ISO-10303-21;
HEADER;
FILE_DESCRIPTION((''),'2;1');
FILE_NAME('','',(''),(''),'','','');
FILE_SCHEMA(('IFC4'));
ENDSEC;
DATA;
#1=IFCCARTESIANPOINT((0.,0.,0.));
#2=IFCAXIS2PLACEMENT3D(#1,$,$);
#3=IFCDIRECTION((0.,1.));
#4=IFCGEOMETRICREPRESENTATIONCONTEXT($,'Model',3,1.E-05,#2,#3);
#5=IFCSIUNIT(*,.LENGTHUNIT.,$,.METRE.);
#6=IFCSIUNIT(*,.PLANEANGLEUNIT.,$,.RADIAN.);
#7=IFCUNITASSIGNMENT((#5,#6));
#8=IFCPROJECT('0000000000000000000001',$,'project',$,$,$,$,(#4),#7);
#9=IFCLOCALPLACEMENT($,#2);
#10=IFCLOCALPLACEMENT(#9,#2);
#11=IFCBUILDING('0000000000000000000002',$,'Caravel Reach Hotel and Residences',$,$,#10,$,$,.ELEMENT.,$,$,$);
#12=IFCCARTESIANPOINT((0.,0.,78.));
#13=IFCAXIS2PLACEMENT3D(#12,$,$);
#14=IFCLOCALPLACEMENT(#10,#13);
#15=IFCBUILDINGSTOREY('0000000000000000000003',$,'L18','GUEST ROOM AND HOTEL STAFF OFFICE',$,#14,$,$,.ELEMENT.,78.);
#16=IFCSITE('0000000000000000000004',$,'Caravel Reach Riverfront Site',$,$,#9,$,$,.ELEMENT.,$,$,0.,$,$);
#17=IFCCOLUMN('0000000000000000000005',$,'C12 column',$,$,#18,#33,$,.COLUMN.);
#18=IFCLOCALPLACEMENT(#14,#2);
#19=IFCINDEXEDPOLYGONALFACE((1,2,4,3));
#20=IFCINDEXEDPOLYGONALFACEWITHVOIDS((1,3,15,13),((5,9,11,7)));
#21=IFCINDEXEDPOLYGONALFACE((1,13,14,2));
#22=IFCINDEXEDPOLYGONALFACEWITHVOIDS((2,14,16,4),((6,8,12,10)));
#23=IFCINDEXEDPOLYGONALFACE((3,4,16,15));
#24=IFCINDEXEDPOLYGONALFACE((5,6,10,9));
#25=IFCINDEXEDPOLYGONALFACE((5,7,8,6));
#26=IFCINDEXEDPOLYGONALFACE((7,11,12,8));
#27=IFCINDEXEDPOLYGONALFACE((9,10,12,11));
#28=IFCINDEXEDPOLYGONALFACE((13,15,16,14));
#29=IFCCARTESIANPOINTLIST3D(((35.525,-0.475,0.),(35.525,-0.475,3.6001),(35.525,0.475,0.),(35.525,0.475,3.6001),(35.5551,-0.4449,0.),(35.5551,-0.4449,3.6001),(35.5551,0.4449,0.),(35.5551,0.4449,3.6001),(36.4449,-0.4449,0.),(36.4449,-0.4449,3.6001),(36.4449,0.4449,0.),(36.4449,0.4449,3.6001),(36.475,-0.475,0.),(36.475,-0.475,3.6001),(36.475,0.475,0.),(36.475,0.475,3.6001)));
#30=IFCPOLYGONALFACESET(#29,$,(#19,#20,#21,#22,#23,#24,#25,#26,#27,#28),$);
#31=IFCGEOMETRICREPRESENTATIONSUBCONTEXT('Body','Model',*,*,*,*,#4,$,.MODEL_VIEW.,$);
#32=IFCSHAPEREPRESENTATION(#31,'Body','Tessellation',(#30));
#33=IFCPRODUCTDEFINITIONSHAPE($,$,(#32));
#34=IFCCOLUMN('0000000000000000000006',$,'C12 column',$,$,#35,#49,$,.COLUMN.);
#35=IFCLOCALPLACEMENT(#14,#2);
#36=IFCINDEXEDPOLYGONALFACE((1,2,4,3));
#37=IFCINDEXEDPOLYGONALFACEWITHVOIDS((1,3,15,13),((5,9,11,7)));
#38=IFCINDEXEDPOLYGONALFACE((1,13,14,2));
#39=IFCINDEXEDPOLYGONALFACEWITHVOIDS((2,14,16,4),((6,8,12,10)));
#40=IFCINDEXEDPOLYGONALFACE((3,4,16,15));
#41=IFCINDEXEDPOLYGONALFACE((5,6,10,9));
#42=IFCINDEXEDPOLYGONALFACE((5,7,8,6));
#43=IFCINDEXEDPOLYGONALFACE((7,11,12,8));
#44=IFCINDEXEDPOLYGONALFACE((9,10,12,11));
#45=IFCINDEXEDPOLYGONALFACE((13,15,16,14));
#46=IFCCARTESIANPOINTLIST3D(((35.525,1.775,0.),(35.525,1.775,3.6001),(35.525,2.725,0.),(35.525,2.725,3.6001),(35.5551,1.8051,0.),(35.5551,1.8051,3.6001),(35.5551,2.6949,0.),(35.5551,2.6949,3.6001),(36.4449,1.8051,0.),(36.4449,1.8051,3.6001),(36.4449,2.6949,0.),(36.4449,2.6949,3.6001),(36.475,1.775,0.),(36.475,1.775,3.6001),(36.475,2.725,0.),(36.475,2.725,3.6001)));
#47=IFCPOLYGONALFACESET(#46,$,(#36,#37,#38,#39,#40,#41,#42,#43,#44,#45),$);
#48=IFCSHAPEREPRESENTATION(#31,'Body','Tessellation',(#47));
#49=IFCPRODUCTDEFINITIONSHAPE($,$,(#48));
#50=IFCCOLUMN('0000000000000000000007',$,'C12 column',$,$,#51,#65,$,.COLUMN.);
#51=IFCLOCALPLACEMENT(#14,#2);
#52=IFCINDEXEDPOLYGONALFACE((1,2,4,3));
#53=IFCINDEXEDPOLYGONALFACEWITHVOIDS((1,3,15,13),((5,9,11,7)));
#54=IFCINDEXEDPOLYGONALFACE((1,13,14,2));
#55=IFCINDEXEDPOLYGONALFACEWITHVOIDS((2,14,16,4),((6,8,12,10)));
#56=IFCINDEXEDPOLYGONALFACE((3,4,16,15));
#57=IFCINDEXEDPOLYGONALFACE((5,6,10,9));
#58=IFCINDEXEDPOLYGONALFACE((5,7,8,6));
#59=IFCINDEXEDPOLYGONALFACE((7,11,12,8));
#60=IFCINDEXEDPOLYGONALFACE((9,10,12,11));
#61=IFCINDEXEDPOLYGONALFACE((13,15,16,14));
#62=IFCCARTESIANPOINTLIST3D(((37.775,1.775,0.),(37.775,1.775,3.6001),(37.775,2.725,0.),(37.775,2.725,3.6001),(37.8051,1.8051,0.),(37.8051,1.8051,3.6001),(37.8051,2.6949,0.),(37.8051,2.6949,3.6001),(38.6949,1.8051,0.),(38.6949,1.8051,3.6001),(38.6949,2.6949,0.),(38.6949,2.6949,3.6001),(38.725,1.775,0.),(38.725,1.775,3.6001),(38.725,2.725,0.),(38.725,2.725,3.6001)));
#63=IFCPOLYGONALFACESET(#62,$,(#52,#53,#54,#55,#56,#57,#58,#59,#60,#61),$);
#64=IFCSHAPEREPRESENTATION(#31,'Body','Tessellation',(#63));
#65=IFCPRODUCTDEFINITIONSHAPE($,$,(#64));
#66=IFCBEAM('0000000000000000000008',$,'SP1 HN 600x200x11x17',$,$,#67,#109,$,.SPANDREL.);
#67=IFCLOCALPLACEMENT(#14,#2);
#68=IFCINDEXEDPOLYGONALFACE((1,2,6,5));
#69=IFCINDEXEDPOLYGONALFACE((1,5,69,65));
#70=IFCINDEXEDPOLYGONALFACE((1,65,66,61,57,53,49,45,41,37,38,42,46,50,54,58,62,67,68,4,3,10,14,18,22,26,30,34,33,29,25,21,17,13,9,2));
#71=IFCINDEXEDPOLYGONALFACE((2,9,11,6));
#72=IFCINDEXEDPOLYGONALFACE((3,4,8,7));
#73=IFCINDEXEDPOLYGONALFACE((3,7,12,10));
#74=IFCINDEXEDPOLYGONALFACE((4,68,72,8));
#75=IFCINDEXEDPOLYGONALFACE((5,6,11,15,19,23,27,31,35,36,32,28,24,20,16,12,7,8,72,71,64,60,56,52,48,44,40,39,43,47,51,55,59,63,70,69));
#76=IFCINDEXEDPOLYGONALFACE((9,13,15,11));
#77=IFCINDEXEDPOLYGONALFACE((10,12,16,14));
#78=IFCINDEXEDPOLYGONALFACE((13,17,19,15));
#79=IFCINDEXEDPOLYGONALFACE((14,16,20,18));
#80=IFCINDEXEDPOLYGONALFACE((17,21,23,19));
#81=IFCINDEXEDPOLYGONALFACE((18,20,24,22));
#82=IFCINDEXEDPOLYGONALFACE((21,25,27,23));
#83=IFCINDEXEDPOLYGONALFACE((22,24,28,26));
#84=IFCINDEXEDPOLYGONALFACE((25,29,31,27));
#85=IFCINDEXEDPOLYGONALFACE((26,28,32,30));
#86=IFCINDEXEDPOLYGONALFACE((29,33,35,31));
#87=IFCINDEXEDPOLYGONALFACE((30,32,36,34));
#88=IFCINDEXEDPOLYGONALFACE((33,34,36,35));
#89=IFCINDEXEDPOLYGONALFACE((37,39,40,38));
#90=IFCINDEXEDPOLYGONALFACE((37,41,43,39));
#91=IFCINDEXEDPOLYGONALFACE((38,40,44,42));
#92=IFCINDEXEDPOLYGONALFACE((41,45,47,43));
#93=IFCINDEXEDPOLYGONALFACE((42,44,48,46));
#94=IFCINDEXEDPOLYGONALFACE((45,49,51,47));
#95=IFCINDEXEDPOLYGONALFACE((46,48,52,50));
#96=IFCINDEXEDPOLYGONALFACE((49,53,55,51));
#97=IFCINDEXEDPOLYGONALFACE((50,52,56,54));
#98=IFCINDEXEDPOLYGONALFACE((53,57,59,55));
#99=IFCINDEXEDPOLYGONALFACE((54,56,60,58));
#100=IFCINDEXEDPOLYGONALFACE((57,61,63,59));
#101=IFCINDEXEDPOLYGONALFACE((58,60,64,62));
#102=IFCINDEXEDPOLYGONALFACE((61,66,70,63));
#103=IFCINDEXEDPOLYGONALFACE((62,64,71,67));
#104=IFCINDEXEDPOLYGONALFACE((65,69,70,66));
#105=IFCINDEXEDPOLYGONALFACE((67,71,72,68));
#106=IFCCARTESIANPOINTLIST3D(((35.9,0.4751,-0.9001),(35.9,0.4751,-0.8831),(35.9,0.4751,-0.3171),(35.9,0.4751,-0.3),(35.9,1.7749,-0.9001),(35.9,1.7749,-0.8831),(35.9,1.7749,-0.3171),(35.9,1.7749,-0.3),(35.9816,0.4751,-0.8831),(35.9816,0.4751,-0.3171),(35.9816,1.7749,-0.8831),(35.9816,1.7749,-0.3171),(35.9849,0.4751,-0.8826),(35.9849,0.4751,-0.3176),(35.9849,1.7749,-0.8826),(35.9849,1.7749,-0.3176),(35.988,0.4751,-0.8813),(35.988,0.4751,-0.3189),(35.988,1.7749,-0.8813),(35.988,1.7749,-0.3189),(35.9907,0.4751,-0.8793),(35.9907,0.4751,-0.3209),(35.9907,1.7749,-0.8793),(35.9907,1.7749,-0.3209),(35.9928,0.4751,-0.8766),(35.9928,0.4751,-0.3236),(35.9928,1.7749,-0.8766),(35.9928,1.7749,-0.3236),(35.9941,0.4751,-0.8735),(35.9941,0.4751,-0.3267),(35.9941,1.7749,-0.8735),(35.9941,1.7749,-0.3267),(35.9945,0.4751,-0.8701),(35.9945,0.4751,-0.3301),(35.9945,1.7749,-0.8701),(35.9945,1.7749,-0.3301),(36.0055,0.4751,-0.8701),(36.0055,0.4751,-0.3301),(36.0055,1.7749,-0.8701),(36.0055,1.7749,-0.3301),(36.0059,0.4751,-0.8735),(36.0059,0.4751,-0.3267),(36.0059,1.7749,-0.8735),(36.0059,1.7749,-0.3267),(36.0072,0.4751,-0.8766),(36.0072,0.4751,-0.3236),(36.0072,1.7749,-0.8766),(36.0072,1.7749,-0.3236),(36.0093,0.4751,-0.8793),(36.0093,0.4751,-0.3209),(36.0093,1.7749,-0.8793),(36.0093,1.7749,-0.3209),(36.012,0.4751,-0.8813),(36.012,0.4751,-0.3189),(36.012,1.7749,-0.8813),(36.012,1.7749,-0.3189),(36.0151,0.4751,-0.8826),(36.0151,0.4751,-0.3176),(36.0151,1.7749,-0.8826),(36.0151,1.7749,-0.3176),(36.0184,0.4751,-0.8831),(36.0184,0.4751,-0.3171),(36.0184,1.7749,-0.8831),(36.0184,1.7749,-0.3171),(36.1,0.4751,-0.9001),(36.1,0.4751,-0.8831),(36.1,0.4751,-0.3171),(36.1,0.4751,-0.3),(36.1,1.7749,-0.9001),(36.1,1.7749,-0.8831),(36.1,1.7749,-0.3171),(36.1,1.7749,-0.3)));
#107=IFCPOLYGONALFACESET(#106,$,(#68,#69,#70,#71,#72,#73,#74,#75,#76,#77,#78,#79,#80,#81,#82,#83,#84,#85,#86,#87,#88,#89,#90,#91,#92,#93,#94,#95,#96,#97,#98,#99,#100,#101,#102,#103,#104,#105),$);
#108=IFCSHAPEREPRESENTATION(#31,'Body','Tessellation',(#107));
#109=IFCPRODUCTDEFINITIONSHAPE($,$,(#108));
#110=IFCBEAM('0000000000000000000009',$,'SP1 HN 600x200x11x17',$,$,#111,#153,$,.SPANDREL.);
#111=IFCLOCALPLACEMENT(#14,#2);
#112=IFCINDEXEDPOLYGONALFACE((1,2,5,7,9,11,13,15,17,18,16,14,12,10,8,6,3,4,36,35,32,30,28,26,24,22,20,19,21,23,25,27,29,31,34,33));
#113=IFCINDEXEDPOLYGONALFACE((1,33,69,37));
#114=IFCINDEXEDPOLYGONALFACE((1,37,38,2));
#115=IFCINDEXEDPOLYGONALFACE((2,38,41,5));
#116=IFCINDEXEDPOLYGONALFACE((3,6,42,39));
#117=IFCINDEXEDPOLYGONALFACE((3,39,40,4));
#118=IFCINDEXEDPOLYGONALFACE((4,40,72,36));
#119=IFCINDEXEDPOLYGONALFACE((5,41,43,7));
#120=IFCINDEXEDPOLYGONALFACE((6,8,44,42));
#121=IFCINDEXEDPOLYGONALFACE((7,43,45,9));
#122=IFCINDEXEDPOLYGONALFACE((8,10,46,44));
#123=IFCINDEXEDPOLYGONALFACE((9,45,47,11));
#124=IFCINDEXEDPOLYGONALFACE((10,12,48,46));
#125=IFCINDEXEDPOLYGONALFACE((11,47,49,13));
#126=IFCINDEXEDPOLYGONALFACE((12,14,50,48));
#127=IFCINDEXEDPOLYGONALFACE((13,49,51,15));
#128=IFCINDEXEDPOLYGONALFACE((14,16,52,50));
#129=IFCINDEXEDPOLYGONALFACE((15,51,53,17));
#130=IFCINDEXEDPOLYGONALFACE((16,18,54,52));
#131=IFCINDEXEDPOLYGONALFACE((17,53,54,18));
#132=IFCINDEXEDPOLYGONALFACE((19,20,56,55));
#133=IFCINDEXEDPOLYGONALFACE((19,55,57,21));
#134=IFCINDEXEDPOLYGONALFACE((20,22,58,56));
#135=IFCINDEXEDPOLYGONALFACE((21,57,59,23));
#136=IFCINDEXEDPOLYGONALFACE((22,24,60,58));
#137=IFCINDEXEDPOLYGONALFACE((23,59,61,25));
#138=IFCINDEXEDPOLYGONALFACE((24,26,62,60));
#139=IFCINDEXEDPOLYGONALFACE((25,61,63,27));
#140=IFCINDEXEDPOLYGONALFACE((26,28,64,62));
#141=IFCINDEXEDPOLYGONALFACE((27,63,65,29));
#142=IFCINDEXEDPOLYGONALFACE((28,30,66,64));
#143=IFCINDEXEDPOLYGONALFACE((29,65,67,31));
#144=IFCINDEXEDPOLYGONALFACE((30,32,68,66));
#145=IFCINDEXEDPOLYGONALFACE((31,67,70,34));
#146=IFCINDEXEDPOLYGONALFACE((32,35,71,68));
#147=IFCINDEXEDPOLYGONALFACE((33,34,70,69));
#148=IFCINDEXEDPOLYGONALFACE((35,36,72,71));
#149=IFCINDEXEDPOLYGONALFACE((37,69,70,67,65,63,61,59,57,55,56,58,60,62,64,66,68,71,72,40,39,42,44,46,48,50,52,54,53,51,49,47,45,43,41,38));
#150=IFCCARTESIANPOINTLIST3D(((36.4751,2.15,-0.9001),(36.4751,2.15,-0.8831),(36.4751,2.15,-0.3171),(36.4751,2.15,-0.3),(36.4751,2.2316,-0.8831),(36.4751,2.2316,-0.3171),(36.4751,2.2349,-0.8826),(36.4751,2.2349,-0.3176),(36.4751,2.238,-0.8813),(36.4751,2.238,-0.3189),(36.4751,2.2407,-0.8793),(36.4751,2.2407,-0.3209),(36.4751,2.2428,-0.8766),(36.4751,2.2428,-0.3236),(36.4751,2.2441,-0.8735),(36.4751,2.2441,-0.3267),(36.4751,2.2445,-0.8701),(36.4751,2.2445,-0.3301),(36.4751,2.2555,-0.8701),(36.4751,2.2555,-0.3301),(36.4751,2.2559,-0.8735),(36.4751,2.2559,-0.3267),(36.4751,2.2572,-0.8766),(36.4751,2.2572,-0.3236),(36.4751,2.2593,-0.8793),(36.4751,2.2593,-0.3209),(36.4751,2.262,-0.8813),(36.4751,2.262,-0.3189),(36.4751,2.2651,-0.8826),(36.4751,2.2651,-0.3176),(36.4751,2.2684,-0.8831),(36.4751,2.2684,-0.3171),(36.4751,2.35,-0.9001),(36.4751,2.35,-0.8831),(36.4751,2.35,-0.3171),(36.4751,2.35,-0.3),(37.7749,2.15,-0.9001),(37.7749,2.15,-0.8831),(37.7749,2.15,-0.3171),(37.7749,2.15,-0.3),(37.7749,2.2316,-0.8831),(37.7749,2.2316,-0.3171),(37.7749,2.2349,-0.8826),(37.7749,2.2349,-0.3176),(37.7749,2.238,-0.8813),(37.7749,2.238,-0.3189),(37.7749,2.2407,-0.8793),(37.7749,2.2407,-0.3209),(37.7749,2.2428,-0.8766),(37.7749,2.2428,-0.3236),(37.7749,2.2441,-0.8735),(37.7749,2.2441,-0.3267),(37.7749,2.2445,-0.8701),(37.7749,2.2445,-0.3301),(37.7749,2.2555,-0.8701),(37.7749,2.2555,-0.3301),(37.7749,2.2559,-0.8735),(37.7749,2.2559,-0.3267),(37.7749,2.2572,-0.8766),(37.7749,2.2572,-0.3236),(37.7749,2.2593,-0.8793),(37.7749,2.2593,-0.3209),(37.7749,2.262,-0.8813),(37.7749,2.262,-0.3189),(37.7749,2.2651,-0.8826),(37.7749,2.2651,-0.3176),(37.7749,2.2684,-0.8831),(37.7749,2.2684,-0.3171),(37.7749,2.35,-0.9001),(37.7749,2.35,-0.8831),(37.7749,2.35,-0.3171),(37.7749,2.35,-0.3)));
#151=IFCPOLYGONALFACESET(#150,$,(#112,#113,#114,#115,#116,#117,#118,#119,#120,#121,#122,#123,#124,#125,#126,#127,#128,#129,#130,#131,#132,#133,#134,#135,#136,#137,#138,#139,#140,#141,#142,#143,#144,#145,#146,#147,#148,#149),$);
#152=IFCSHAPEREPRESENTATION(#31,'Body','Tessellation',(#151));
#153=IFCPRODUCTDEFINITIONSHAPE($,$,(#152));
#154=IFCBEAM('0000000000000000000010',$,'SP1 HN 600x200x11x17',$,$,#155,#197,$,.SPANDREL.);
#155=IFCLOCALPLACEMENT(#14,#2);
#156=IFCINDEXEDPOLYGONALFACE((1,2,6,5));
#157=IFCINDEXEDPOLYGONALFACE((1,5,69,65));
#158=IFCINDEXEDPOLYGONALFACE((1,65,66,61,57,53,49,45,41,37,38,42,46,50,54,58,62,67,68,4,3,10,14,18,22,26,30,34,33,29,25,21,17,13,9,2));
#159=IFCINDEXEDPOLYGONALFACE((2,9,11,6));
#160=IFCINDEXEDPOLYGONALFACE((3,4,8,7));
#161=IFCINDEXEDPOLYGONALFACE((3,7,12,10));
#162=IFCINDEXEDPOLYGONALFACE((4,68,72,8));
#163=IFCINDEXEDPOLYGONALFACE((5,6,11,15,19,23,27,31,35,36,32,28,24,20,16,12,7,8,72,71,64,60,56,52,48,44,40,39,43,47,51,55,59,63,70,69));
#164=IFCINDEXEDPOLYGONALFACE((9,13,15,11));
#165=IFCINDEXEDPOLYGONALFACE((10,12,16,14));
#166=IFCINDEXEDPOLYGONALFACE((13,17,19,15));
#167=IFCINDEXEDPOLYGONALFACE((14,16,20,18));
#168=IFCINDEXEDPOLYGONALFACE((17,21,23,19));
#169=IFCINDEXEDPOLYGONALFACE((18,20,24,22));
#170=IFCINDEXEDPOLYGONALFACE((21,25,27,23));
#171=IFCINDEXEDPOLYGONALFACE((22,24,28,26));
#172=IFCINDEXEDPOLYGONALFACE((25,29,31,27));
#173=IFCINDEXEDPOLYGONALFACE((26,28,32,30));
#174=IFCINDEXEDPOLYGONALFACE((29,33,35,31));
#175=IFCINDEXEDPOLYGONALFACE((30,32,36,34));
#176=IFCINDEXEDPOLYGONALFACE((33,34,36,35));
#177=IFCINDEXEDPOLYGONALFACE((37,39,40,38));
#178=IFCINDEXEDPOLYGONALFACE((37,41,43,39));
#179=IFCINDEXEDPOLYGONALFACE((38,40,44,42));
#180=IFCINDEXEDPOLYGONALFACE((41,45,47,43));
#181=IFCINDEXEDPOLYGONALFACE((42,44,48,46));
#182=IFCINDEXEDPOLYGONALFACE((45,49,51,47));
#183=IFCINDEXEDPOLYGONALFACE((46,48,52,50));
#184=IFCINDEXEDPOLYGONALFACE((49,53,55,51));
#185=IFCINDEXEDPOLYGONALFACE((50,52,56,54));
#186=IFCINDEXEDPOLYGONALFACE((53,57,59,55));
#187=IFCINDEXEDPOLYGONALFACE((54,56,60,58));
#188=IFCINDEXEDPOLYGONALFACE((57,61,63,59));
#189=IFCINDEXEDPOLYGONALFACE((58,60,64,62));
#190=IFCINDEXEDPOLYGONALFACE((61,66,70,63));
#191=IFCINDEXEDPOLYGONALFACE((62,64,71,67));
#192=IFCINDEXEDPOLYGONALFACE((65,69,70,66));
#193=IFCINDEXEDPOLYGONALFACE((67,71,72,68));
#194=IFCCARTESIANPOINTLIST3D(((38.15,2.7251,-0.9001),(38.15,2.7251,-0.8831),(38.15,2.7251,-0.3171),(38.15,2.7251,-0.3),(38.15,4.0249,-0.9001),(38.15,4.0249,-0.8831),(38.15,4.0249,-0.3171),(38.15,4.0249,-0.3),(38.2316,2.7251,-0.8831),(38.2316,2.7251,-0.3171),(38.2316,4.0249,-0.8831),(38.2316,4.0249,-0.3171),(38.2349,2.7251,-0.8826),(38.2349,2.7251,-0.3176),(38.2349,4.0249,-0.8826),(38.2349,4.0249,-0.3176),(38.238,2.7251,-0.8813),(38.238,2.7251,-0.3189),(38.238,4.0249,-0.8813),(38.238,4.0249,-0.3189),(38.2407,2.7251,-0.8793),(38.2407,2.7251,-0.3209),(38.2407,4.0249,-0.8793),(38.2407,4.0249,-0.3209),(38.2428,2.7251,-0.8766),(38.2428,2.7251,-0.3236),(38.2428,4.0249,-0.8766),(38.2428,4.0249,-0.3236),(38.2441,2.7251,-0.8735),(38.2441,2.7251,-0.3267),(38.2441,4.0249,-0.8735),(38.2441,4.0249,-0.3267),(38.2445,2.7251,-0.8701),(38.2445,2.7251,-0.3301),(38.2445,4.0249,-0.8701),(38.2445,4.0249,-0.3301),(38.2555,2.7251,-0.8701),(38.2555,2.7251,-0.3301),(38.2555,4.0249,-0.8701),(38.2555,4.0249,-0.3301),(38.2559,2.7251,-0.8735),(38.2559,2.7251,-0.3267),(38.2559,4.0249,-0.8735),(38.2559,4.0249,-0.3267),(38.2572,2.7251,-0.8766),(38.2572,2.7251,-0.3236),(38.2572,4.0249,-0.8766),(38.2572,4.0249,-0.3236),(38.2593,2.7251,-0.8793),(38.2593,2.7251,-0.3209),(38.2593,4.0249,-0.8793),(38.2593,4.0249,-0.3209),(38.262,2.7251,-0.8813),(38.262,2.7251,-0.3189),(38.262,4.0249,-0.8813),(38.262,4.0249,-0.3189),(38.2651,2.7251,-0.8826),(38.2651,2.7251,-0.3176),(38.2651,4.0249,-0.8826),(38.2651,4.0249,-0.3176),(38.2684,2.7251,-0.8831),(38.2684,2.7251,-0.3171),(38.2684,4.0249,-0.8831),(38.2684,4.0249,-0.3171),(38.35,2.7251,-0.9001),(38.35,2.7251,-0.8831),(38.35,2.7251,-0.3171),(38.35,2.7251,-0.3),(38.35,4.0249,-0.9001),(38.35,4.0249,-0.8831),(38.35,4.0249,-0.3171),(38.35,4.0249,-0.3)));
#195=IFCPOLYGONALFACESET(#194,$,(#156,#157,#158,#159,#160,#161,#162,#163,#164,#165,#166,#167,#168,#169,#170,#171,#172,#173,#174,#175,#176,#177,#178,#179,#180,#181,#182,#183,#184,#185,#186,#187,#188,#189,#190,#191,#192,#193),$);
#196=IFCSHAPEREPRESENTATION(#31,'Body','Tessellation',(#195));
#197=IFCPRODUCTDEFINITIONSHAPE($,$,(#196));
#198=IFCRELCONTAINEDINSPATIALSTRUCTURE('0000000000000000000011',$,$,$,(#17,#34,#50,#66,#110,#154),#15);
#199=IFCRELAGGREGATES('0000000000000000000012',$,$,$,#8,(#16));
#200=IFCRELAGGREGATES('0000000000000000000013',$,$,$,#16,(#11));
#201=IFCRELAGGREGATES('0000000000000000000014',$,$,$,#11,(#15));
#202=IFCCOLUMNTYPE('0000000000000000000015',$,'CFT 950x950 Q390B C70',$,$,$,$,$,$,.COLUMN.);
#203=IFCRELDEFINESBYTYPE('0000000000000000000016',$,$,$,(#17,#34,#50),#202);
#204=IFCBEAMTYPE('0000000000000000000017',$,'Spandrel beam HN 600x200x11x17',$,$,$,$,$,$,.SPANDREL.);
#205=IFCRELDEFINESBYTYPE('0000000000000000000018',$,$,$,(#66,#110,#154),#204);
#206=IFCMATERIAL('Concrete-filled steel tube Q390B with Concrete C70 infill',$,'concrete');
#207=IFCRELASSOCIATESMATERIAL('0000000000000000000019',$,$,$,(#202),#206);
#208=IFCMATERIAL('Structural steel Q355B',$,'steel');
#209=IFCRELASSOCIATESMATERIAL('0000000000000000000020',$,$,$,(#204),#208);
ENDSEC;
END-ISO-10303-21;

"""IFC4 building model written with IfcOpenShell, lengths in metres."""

from ifc_helpers import new_model, si_unit, direction, frame, origin, origin_2d, place, context, subcontext, project, spatial, hollow_rectangle, i_section, extrude, material, material_profile, profile_set, type_object, element, save


model = new_model("IFC4")

# Units and contexts
model_context = context("Model", 3, precision=1e-05, world=origin(), true_north=direction((0.0, 1.0)))
body_context = subcontext(model_context, "Body", "Model", "MODEL_VIEW")
ifc_project = project(units=[si_unit("LENGTHUNIT", "METRE"), si_unit("PLANEANGLEUNIT", "RADIAN")], contexts=[model_context])

# Site, building, storey
site_placement = place(None, origin())
site = spatial("IfcSite", under=ifc_project, at=site_placement, Name="Caravel Reach Riverfront Site", CompositionType="ELEMENT", RefElevation=0.0)
building_placement = place(site_placement, origin())
building = spatial("IfcBuilding", under=site, at=building_placement, Name="Caravel Reach Hotel and Residences", CompositionType="ELEMENT")
storey_placement = place(building_placement, frame((0.0, 0.0, 78.0)))
storey = spatial("IfcBuildingStorey", under=building, at=storey_placement, Name="L18", Description="GUEST ROOM AND HOTEL STAFF OFFICE", CompositionType="ELEMENT", Elevation=78.0)

# Columns
ifc_material_1 = material(Name="Concrete-filled steel tube Q390B with Concrete C70 infill", Category="concrete")
ifc_material_profile_1 = material_profile(ifc_material_1, hollow_rectangle(XDim=0.95, YDim=0.95, WallThickness=0.03, at=origin_2d()), Name="RHS 950x950x30")
ifc_profile_set_1 = profile_set([ifc_material_profile_1], Name="Concrete-filled steel tube Q390B with Concrete C70 infill")
column_type = type_object("IfcColumnType", Name="CFT 950x950 Q390B C70", PredefinedType="COLUMN", material=ifc_profile_set_1)
for number, where, z_axis, x_axis, name in (
    (1, (36.0, 0.0, 0.0), (0.0, 0.0, 1.0), (1.0, 0.0, 0.0), "C12 column"),
    (2, (36.0, 2.25, 0.0), (0.0, 0.0, 1.0), (1.0, 0.0, 0.0), "C12 column"),
    (3, (38.25, 2.25, 0.0), (0.0, 0.0, 1.0), (1.0, 0.0, 0.0), "C12 column"),
):
    element("IfcColumn", number, at=place(storey_placement, frame(where, z_axis=z_axis, x_axis=x_axis)), inside=storey, type_object=column_type, Name=name, PredefinedType="COLUMN", context=body_context, shape_type="SweptSolid", body=[
        extrude(hollow_rectangle(XDim=0.95, YDim=0.95, WallThickness=0.03, at=origin_2d()), origin(), (0.0, 0.0, 1.0), 3.6001),
    ])

# Beams
ifc_material_2 = material(Name="Structural steel Q355B", Category="steel")
ifc_material_profile_2 = material_profile(ifc_material_2, i_section(OverallWidth=0.2, OverallDepth=0.6001, WebThickness=0.011, FlangeThickness=0.0171, FilletRadius=0.0129, at=origin_2d()), Name="HN 600x200x11x17")
ifc_profile_set_2 = profile_set([ifc_material_profile_2], Name="Structural steel Q355B")
beam_type = type_object("IfcBeamType", Name="Spandrel beam HN 600x200x11x17", PredefinedType="SPANDREL", material=ifc_profile_set_2)
for number, where, z_axis, x_axis, name in (
    (4, (36.0, 0.4751, -0.6001), (0.0, 1.0, 0.0), (-1.0, 0.0, 0.0), "SP1 HN 600x200x11x17"),
    (5, (36.4751, 2.25, -0.6001), (1.0, 0.0, 0.0), (0.0, 1.0, 0.0), "SP1 HN 600x200x11x17"),
    (6, (38.25, 2.7251, -0.6001), (0.0, 1.0, 0.0), (-1.0, 0.0, 0.0), "SP1 HN 600x200x11x17"),
):
    element("IfcBeam", number, at=place(storey_placement, frame(where, z_axis=z_axis, x_axis=x_axis)), inside=storey, type_object=beam_type, Name=name, PredefinedType="SPANDREL", context=body_context, shape_type="SweptSolid", body=[
        extrude(i_section(OverallWidth=0.2, OverallDepth=0.6001, WebThickness=0.011, FlangeThickness=0.0171, FilletRadius=0.0129, at=origin_2d()), origin(), (0.0, 0.0, 1.0), 1.2998),
    ])

save(model, "model.ifc")
